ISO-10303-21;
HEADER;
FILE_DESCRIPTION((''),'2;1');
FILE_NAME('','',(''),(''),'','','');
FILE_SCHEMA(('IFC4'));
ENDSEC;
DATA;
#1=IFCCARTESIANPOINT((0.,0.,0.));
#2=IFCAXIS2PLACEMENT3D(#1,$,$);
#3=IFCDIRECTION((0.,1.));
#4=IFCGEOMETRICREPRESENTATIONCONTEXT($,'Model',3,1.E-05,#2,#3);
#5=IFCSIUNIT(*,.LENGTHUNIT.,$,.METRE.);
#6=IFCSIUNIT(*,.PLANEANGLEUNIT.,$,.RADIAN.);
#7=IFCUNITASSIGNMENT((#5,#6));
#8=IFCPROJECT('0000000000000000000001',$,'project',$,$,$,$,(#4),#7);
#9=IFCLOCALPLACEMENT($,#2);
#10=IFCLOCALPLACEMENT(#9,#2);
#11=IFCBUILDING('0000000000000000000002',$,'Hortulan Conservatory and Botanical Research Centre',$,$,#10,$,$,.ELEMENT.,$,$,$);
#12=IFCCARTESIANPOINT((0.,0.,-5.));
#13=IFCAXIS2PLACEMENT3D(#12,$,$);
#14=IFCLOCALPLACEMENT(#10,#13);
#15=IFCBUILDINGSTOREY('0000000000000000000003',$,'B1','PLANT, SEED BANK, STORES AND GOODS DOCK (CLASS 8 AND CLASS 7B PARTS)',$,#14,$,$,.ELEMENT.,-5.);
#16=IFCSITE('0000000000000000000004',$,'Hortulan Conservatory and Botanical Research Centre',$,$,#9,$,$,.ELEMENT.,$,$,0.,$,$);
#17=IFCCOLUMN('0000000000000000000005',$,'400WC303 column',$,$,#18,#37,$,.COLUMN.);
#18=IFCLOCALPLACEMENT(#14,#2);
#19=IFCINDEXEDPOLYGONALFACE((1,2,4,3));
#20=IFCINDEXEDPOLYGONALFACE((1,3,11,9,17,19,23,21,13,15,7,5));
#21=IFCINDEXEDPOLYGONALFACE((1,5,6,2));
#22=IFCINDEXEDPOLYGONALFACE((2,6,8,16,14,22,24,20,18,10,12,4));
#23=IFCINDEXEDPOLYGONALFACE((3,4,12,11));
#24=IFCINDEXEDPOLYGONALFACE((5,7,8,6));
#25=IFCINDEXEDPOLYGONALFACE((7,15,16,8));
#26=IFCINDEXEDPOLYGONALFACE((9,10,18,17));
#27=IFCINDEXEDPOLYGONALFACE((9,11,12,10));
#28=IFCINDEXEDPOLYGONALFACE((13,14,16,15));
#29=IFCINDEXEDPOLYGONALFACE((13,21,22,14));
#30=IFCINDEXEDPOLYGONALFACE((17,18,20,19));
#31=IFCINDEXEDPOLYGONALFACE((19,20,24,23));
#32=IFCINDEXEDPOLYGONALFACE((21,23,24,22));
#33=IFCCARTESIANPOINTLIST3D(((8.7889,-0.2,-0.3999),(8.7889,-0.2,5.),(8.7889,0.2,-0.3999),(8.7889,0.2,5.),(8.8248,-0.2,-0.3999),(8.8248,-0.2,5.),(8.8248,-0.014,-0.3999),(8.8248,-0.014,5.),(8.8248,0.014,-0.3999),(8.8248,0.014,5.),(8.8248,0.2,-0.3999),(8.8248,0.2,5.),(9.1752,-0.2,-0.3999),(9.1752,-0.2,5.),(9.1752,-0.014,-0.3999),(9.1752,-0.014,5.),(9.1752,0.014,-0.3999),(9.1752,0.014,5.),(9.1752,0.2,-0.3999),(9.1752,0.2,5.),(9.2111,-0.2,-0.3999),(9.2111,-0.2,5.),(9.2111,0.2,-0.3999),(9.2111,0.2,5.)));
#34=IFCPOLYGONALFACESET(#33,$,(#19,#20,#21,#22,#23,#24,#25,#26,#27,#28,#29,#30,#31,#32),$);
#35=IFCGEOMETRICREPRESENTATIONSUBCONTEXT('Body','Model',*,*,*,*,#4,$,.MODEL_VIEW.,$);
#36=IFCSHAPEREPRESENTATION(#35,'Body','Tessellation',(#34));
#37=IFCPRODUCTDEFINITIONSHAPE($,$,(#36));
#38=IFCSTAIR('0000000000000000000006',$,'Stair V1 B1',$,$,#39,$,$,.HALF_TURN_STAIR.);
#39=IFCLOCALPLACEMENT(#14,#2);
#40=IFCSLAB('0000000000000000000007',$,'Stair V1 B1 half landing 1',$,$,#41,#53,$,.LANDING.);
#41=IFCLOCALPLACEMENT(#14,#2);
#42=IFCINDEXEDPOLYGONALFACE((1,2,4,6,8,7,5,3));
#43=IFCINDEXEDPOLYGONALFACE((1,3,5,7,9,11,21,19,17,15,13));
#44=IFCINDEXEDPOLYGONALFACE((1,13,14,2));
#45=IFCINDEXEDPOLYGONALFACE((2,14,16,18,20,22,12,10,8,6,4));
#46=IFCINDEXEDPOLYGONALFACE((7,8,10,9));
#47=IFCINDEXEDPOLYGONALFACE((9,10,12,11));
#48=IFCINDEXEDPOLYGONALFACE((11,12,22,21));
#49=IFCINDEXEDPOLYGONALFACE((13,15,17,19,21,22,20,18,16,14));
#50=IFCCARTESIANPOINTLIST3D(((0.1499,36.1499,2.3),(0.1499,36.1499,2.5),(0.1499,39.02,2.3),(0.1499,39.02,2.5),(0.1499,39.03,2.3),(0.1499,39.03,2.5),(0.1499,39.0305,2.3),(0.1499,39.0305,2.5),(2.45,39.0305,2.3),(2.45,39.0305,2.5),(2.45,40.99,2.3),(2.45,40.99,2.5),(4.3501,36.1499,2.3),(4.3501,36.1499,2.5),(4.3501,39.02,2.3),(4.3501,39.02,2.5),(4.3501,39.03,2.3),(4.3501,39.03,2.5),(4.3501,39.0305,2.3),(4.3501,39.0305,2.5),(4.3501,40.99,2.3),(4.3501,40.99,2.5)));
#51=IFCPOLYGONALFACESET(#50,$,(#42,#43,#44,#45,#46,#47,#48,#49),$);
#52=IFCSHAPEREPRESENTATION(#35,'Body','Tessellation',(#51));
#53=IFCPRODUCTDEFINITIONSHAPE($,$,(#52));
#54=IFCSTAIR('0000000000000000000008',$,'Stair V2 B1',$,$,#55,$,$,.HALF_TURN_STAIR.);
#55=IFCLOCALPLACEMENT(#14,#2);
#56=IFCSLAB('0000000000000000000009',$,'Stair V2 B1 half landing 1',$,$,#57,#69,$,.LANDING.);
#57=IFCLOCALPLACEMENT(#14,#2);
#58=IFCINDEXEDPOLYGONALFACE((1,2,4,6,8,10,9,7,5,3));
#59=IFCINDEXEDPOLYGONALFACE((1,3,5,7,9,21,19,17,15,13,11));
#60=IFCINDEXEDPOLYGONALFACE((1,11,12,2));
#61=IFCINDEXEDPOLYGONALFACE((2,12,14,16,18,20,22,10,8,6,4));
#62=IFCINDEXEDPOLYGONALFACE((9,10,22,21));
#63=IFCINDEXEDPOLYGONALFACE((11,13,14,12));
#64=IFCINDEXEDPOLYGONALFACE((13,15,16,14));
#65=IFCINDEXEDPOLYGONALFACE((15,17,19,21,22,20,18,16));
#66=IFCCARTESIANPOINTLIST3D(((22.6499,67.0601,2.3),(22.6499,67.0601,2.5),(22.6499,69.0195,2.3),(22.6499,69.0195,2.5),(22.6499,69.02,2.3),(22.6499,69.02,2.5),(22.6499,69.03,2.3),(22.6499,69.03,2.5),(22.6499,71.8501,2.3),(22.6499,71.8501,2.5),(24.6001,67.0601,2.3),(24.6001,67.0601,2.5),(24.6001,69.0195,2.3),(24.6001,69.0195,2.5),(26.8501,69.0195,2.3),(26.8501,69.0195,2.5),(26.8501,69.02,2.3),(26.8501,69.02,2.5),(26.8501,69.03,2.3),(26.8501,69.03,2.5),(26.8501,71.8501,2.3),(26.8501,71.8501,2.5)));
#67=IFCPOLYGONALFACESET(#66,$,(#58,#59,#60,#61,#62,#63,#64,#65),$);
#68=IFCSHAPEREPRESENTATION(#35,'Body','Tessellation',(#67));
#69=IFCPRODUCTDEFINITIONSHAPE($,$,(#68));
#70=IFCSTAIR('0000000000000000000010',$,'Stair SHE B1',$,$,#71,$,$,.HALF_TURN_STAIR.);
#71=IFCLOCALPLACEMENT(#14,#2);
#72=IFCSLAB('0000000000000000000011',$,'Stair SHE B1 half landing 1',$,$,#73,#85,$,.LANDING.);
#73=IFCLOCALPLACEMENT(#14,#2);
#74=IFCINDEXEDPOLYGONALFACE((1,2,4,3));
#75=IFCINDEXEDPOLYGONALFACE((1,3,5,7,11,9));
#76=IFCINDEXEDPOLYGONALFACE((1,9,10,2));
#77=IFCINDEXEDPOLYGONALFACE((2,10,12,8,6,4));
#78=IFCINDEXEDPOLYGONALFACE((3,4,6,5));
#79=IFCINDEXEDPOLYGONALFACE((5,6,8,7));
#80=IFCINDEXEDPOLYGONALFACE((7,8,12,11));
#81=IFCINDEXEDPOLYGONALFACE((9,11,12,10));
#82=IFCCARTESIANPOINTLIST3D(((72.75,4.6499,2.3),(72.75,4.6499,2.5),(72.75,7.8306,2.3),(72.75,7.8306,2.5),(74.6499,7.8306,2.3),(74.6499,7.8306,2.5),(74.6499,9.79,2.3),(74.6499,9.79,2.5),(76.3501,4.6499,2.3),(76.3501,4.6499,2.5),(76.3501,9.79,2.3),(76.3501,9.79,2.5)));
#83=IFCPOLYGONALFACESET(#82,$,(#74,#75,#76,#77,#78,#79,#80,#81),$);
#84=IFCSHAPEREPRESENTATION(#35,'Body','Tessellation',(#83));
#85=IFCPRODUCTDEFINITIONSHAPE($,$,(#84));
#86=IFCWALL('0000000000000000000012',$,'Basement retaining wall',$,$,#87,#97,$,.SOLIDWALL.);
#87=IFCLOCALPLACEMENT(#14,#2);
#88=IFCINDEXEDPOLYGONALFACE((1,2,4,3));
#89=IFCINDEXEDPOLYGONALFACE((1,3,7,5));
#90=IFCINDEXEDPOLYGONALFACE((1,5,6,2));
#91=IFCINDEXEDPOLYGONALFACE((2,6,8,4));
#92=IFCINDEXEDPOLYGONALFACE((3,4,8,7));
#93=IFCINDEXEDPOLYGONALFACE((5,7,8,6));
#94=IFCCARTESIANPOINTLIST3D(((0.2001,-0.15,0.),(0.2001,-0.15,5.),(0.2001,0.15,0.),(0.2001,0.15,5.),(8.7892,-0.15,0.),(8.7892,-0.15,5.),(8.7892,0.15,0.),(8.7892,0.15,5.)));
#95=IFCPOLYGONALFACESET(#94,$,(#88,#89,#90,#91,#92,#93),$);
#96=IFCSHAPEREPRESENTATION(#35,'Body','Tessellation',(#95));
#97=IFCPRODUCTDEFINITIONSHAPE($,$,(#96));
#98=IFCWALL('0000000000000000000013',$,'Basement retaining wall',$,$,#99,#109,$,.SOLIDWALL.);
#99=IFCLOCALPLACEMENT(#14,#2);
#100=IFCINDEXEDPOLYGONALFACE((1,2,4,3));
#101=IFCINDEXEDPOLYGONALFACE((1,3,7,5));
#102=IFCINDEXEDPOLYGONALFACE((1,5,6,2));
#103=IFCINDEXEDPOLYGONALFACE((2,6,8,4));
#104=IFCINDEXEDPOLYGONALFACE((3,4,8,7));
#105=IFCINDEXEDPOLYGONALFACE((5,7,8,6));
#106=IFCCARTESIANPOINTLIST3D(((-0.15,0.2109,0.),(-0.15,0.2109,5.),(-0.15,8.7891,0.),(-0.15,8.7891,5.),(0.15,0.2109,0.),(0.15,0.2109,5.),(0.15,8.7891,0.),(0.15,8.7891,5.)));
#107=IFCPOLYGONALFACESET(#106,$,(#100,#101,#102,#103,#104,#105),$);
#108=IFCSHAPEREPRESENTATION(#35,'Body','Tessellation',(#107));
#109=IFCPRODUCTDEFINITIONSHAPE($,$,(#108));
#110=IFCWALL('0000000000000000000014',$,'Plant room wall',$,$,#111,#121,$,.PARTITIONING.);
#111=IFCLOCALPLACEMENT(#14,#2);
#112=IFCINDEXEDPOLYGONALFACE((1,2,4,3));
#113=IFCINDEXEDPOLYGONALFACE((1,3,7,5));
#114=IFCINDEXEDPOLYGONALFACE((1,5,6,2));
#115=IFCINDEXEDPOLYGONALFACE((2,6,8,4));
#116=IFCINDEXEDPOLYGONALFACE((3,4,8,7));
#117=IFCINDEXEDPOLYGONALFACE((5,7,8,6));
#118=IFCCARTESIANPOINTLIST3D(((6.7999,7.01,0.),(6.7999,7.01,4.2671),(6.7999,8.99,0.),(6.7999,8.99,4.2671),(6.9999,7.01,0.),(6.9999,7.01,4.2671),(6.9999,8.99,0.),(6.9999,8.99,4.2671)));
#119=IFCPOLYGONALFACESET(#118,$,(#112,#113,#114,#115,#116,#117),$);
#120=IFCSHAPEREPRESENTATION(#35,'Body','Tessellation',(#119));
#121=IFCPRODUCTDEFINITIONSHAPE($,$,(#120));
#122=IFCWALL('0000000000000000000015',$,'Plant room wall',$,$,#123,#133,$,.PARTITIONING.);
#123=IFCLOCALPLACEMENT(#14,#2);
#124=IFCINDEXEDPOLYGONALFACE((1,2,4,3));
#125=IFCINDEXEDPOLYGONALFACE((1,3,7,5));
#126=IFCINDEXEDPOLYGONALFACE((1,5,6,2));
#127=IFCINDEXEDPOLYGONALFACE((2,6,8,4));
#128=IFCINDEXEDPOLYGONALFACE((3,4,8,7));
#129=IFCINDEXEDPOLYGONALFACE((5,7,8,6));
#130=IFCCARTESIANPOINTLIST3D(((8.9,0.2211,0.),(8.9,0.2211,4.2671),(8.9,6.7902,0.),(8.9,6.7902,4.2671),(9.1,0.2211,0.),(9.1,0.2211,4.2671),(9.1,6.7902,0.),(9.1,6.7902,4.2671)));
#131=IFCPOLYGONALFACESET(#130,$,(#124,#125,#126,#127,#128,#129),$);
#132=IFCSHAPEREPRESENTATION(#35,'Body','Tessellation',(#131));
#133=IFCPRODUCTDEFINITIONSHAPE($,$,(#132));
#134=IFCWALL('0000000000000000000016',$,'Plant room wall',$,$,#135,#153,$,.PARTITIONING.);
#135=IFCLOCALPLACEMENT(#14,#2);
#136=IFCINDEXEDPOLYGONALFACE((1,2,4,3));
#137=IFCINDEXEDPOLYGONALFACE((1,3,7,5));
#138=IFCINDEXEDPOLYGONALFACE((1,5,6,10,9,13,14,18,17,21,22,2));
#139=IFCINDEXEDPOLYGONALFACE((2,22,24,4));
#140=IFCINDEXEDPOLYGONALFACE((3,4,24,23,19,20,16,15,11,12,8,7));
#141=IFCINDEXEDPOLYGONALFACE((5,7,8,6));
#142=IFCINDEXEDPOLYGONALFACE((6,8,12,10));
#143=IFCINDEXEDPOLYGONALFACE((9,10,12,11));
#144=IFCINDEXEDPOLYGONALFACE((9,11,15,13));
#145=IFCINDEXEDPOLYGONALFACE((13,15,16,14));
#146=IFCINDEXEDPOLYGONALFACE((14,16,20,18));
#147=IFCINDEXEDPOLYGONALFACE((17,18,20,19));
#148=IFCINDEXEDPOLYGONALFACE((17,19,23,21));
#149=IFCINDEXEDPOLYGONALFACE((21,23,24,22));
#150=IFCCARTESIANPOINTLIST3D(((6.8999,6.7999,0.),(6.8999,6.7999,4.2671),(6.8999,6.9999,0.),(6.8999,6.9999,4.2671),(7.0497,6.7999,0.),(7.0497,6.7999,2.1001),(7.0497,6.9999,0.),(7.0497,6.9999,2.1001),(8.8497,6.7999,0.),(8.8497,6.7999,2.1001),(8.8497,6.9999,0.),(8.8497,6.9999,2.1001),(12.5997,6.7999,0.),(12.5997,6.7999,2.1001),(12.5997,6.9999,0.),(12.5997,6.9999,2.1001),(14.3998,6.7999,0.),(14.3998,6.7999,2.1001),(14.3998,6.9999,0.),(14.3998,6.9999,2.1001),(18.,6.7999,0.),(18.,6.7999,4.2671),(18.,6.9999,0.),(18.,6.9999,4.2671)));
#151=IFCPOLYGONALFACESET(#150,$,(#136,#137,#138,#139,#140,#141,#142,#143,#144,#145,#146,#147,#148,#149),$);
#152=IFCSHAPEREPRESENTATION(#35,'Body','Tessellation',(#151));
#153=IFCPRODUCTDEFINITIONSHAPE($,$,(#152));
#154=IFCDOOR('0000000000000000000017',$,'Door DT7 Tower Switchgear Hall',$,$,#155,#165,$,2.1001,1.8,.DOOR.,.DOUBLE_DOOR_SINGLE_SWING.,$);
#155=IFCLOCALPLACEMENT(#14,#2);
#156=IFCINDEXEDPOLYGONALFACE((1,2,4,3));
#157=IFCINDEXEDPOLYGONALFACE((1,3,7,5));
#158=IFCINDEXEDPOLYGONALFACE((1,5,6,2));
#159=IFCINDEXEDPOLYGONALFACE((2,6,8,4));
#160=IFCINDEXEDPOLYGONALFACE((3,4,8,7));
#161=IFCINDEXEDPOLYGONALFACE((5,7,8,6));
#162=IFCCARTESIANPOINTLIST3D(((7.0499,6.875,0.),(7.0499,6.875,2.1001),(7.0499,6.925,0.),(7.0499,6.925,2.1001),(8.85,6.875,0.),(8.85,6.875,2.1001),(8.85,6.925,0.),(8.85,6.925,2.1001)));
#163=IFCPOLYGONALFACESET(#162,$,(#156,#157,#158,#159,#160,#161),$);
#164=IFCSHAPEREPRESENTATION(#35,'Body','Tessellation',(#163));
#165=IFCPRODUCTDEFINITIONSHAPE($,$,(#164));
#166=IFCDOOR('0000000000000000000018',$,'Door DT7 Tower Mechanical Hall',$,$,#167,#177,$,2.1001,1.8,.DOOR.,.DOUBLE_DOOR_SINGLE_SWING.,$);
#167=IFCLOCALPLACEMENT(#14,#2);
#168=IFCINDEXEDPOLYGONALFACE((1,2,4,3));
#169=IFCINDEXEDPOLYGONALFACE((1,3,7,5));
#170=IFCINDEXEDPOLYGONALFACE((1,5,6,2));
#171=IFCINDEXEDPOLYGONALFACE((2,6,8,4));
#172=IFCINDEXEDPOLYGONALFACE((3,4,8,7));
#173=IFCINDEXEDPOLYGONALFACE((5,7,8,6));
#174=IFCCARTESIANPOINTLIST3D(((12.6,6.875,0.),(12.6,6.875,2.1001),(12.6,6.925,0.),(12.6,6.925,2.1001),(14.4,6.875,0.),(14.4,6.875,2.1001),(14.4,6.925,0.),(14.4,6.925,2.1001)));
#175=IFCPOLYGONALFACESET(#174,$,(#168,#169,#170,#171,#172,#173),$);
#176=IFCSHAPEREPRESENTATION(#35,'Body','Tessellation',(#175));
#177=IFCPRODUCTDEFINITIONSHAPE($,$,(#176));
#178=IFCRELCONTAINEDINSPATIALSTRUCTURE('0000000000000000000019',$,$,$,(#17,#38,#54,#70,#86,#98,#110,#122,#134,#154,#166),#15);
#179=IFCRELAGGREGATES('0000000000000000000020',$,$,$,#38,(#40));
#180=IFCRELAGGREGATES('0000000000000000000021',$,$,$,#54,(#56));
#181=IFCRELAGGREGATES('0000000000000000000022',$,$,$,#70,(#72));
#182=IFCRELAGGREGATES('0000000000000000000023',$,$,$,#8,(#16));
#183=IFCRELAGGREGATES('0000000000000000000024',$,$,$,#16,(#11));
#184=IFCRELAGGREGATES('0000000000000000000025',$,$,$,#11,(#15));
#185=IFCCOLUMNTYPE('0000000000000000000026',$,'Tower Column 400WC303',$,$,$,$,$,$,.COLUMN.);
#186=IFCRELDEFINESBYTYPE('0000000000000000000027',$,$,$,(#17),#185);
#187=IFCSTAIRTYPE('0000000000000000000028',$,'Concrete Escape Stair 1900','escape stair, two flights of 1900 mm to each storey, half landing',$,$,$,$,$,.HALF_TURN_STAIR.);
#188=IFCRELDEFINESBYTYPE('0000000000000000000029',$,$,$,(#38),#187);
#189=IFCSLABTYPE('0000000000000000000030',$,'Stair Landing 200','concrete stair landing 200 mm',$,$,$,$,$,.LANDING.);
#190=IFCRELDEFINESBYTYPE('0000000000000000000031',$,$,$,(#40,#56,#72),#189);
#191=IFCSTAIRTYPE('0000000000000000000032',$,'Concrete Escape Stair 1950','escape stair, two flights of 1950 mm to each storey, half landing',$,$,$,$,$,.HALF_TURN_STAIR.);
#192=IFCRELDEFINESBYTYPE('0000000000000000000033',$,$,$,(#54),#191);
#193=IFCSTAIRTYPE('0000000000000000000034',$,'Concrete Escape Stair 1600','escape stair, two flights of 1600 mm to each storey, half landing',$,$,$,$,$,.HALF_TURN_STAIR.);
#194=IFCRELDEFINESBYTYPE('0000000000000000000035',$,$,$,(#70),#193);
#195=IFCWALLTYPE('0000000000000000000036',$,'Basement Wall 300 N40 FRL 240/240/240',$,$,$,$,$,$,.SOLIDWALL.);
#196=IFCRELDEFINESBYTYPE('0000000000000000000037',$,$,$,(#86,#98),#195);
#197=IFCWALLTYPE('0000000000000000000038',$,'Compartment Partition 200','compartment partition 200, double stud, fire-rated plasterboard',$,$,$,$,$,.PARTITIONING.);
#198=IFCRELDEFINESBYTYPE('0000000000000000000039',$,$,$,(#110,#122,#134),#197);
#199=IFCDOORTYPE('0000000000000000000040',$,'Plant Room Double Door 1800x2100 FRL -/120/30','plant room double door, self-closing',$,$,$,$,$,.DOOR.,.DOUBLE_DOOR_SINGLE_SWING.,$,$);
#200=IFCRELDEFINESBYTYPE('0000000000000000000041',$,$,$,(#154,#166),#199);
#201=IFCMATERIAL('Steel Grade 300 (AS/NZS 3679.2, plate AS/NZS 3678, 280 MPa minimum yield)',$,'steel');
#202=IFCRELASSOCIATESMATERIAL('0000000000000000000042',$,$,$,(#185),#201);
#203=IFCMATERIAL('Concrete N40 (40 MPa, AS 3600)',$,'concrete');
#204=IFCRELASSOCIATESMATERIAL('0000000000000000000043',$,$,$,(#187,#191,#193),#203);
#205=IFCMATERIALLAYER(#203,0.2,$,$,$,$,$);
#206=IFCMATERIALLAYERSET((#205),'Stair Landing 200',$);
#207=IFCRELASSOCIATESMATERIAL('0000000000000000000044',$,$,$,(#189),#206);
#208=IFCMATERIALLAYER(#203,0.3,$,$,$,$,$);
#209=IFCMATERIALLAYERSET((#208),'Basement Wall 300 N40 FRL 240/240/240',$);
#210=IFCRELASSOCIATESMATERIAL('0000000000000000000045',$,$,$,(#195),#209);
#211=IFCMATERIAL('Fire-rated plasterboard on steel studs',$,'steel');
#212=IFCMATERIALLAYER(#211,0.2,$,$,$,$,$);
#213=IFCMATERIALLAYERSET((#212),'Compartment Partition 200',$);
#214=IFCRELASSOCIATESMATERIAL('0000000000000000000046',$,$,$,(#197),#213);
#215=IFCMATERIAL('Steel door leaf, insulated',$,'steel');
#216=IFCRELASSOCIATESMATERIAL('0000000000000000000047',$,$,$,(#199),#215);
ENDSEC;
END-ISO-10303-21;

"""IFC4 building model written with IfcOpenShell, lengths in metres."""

from ifc_helpers import new_model, si_unit, direction, frame, frame_2d, origin, origin_2d, place, context, subcontext, project, spatial, polyline, rectangle, i_section, outline, extrude, material, layer, layer_set, material_profile, profile_set, type_object, element, fill, aggregate, save


model = new_model("IFC4")

# Units and contexts
model_context = context("Model", 3, precision=1e-05, world=origin(), true_north=direction((0.0, 1.0)))
body_context = subcontext(model_context, "Body", "Model", "MODEL_VIEW")
ifc_project = project(units=[si_unit("LENGTHUNIT", "METRE"), si_unit("PLANEANGLEUNIT", "RADIAN")], contexts=[model_context])

# Site, building, storey
site_placement = place(None, origin())
site = spatial("IfcSite", under=ifc_project, at=site_placement, Name="Hortulan Conservatory and Botanical Research Centre", CompositionType="ELEMENT", RefElevation=0.0)
building_placement = place(site_placement, origin())
building = spatial("IfcBuilding", under=site, at=building_placement, Name="Hortulan Conservatory and Botanical Research Centre", CompositionType="ELEMENT")
storey_placement = place(building_placement, frame((0.0, 0.0, -5.0)))
storey = spatial("IfcBuildingStorey", under=building, at=storey_placement, Name="B1", Description="PLANT, SEED BANK, STORES AND GOODS DOCK (CLASS 8 AND CLASS 7B PARTS)", CompositionType="ELEMENT", Elevation=-5.0)

# Shared definitions
ifc_material_1 = material(Name="Concrete N40 (40 MPa, AS 3600)", Category="concrete")

# Column
ifc_material_2 = material(Name="Steel Grade 300 (AS/NZS 3679.2, plate AS/NZS 3678, 280 MPa minimum yield)", Category="steel")
ifc_material_profile_1 = material_profile(ifc_material_2, i_section(OverallWidth=0.3999, OverallDepth=0.4221, WebThickness=0.0281, FlangeThickness=0.0359, at=origin_2d()), Name="400WC303")
ifc_profile_set_1 = profile_set([ifc_material_profile_1], Name="Steel Grade 300 (AS/NZS 3679.2, plate AS/NZS 3678, 280 MPa minimum yield)")
column_type = type_object("IfcColumnType", Name="Tower Column 400WC303", PredefinedType="COLUMN", material=ifc_profile_set_1)
for number, where, z_axis, x_axis, name in (
    (1, (9.0, 0.0, -0.3999), (0.0, 0.0, 1.0), (0.0, 1.0, 0.0), "400WC303 column"),
):
    element("IfcColumn", number, at=place(storey_placement, frame(where, z_axis=z_axis, x_axis=x_axis)), inside=storey, type_object=column_type, Name=name, PredefinedType="COLUMN", context=body_context, shape_type="SweptSolid", body=[
        extrude(i_section(OverallWidth=0.3999, OverallDepth=0.4221, WebThickness=0.0281, FlangeThickness=0.0359, at=origin_2d()), origin(), (0.0, 0.0, 1.0), 5.3999),
    ])

# Stairs, slabs
stair_type_1 = type_object("IfcStairType", Name="Concrete Escape Stair 1900", Description="escape stair, two flights of 1900 mm to each storey, half landing", PredefinedType="HALF_TURN_STAIR", material=ifc_material_1)
stair_1_placement = place(storey_placement, origin())
stair_1 = element("IfcStair", 2, at=stair_1_placement, inside=storey, type_object=stair_type_1, Name="Stair V1 B1", PredefinedType="HALF_TURN_STAIR")
ifc_layer_1 = layer(ifc_material_1, 0.2)
ifc_layer_set_1 = layer_set([ifc_layer_1], Name="Stair Landing 200")
slab_type = type_object("IfcSlabType", Name="Stair Landing 200", Description="concrete stair landing 200 mm", PredefinedType="LANDING", material=ifc_layer_set_1)
slab_1_placement = place(storey_placement, frame((0.0, 0.0, 2.3)))
slab_1 = element("IfcSlab", 3, at=slab_1_placement, type_object=slab_type, Name="Stair V1 B1 half landing 1", PredefinedType="LANDING", context=body_context, shape_type="SweptSolid", body=[
    extrude(outline(polyline([(0.1499, 39.0305), (2.45, 39.0305), (2.45, 40.99), (4.3501, 40.99), (4.3501, 39.0305), (4.3501, 39.03), (4.3501, 39.02), (4.3501, 36.1499), (0.1499, 36.1499), (0.1499, 39.02), (0.1499, 39.03), (0.1499, 39.0305)])), origin(), (0.0, 0.0, 1.0), 0.2),
])
aggregate(stair_1, [slab_1])
stair_type_2 = type_object("IfcStairType", Name="Concrete Escape Stair 1950", Description="escape stair, two flights of 1950 mm to each storey, half landing", PredefinedType="HALF_TURN_STAIR", material=ifc_material_1)
stair_2_placement = place(storey_placement, origin())
stair_2 = element("IfcStair", 4, at=stair_2_placement, inside=storey, type_object=stair_type_2, Name="Stair V2 B1", PredefinedType="HALF_TURN_STAIR")
slab_2_placement = place(storey_placement, frame((0.0, 0.0, 2.3)))
slab_2 = element("IfcSlab", 5, at=slab_2_placement, type_object=slab_type, Name="Stair V2 B1 half landing 1", PredefinedType="LANDING", context=body_context, shape_type="SweptSolid", body=[
    extrude(outline(polyline([(26.8501, 69.0195), (24.6001, 69.0195), (24.6001, 67.0601), (22.6499, 67.0601), (22.6499, 69.0195), (22.6499, 69.02), (22.6499, 69.03), (22.6499, 71.8501), (26.8501, 71.8501), (26.8501, 69.03), (26.8501, 69.02), (26.8501, 69.0195)])), origin(), (0.0, 0.0, 1.0), 0.2),
])
aggregate(stair_2, [slab_2])
stair_type_3 = type_object("IfcStairType", Name="Concrete Escape Stair 1600", Description="escape stair, two flights of 1600 mm to each storey, half landing", PredefinedType="HALF_TURN_STAIR", material=ifc_material_1)
stair_3_placement = place(storey_placement, origin())
stair_3 = element("IfcStair", 6, at=stair_3_placement, inside=storey, type_object=stair_type_3, Name="Stair SHE B1", PredefinedType="HALF_TURN_STAIR")
slab_3_placement = place(storey_placement, frame((0.0, 0.0, 2.3)))
slab_3 = element("IfcSlab", 7, at=slab_3_placement, type_object=slab_type, Name="Stair SHE B1 half landing 1", PredefinedType="LANDING", context=body_context, shape_type="SweptSolid", body=[
    extrude(outline(polyline([(74.6499, 9.79), (76.3501, 9.79), (76.3501, 4.6499), (72.75, 4.6499), (72.75, 7.8306), (74.6499, 7.8306), (74.6499, 9.79)])), origin(), (0.0, 0.0, 1.0), 0.2),
])
aggregate(stair_3, [slab_3])

# Walls
ifc_layer_2 = layer(ifc_material_1, 0.3)
ifc_layer_set_2 = layer_set([ifc_layer_2], Name="Basement Wall 300 N40 FRL 240/240/240")
wall_type_1 = type_object("IfcWallType", Name="Basement Wall 300 N40 FRL 240/240/240", PredefinedType="SOLIDWALL", material=ifc_layer_set_2)
wall_1_placement = place(storey_placement, frame((8.7891, 0.0, 0.0), z_axis=(0.0, 0.0, 1.0), x_axis=(-1.0, 0.0, 0.0)))
element("IfcWall", 8, at=wall_1_placement, inside=storey, type_object=wall_type_1, Name="Basement retaining wall", PredefinedType="SOLIDWALL", context=body_context, shape_type="SweptSolid", body=[
    extrude(rectangle(XDim=8.5891, YDim=0.3, at=frame_2d((4.2944, 0.0))), origin(), (0.0, 0.0, 1.0), 5.0),
])
wall_2_placement = place(storey_placement, frame((0.0, 0.2109, 0.0), z_axis=(0.0, 0.0, 1.0), x_axis=(0.0, 1.0, 0.0)))
element("IfcWall", 9, at=wall_2_placement, inside=storey, type_object=wall_type_1, Name="Basement retaining wall", PredefinedType="SOLIDWALL", context=body_context, shape_type="SweptSolid", body=[
    extrude(rectangle(XDim=8.5781, YDim=0.3, at=frame_2d((4.2891, 0.0))), origin(), (0.0, 0.0, 1.0), 5.0),
])
ifc_material_3 = material(Name="Fire-rated plasterboard on steel studs", Category="steel")
ifc_layer_3 = layer(ifc_material_3, 0.2)
ifc_layer_set_3 = layer_set([ifc_layer_3], Name="Compartment Partition 200")
wall_type_2 = type_object("IfcWallType", Name="Compartment Partition 200", Description="compartment partition 200, double stud, fire-rated plasterboard", PredefinedType="PARTITIONING", material=ifc_layer_set_3)
wall_3_placement = place(storey_placement, frame((6.8999, 7.01, 0.0), z_axis=(0.0, 0.0, 1.0), x_axis=(0.0, 1.0, 0.0)))
element("IfcWall", 10, at=wall_3_placement, inside=storey, type_object=wall_type_2, Name="Plant room wall", PredefinedType="PARTITIONING", context=body_context, shape_type="SweptSolid", body=[
    extrude(rectangle(XDim=1.98, YDim=0.2, at=frame_2d((0.99, 0.0))), origin(), (0.0, 0.0, 1.0), 4.2671),
])
wall_4_placement = place(storey_placement, frame((9.0, 0.2209, 0.0), z_axis=(0.0, 0.0, 1.0), x_axis=(0.0, 1.0, 0.0)))
element("IfcWall", 11, at=wall_4_placement, inside=storey, type_object=wall_type_2, Name="Plant room wall", PredefinedType="PARTITIONING", context=body_context, shape_type="SweptSolid", body=[
    extrude(rectangle(XDim=6.5691, YDim=0.2, at=frame_2d((3.2847, 0.0))), origin(), (0.0, 0.0, 1.0), 4.2671),
])

# Wall, openings, doors
wall_5_placement = place(storey_placement, frame((6.8999, 6.8999, 0.0), z_axis=(0.0, 0.0, 1.0), x_axis=(1.0, 0.0, 0.0)))
wall_5 = element("IfcWall", 12, at=wall_5_placement, inside=storey, type_object=wall_type_2, Name="Plant room wall", PredefinedType="PARTITIONING", context=body_context, shape_type="SweptSolid", body=[
    extrude(rectangle(XDim=11.1001, YDim=0.2, at=frame_2d((5.55, 0.0))), origin(), (0.0, 0.0, 1.0), 4.2671),
])
opening_1_placement = place(wall_5_placement, frame((0.1499, 0.0, 0.0)))
opening_1 = element("IfcOpeningElement", 13, at=opening_1_placement, cuts=wall_5, PredefinedType="OPENING", context=body_context, shape_type="SweptSolid", body=[
    extrude(rectangle(XDim=1.8, YDim=2.1001, at=frame_2d((0.8999, 1.05))), frame((0.0, 0.1099, 0.0), z_axis=(0.0, -1.0, 0.0), x_axis=(1.0, 0.0, 0.0)), (0.0, 0.0, 1.0), 0.22),
])
opening_2_placement = place(wall_5_placement, frame((5.7, 0.0, 0.0)))
opening_2 = element("IfcOpeningElement", 14, at=opening_2_placement, cuts=wall_5, PredefinedType="OPENING", context=body_context, shape_type="SweptSolid", body=[
    extrude(rectangle(XDim=1.8, YDim=2.1001, at=frame_2d((0.8999, 1.05))), frame((0.0, 0.1099, 0.0), z_axis=(0.0, -1.0, 0.0), x_axis=(1.0, 0.0, 0.0)), (0.0, 0.0, 1.0), 0.22),
])
ifc_material_4 = material(Name="Steel door leaf, insulated", Category="steel")
door_type_1 = type_object("IfcDoorType", Name="Plant Room Double Door 1800x2100 FRL -/120/30", Description="plant room double door, self-closing", OperationType="DOUBLE_DOOR_SINGLE_SWING", PredefinedType="DOOR", material=ifc_material_4)
door_1_placement = place(opening_1_placement, frame((1.8, 0.0, 0.0), z_axis=(0.0, 0.0, 1.0), x_axis=(-1.0, 0.0, 0.0)))
door_1 = element("IfcDoor", 15, at=door_1_placement, inside=storey, type_object=door_type_1, Name="Door DT7 Tower Switchgear Hall", OperationType="DOUBLE_DOOR_SINGLE_SWING", OverallHeight=2.1001, OverallWidth=1.8, PredefinedType="DOOR", context=body_context, shape_type="SweptSolid", body=[
    extrude(rectangle(XDim=1.8, YDim=2.1001, at=frame_2d((0.8999, 1.05))), frame((0.0, 0.0249, 0.0), z_axis=(0.0, -1.0, 0.0), x_axis=(1.0, 0.0, 0.0)), (0.0, 0.0, 1.0), 0.05),
])
fill(opening_1, door_1)
door_2_placement = place(opening_2_placement, frame((1.8, 0.0, 0.0), z_axis=(0.0, 0.0, 1.0), x_axis=(-1.0, 0.0, 0.0)))
door_2 = element("IfcDoor", 16, at=door_2_placement, inside=storey, type_object=door_type_1, Name="Door DT7 Tower Mechanical Hall", OperationType="DOUBLE_DOOR_SINGLE_SWING", OverallHeight=2.1001, OverallWidth=1.8, PredefinedType="DOOR", context=body_context, shape_type="SweptSolid", body=[
    extrude(rectangle(XDim=1.8, YDim=2.1001, at=frame_2d((0.8999, 1.05))), frame((0.0, 0.0249, 0.0), z_axis=(0.0, -1.0, 0.0), x_axis=(1.0, 0.0, 0.0)), (0.0, 0.0, 1.0), 0.05),
])
fill(opening_2, door_2)

save(model, "model.ifc")
